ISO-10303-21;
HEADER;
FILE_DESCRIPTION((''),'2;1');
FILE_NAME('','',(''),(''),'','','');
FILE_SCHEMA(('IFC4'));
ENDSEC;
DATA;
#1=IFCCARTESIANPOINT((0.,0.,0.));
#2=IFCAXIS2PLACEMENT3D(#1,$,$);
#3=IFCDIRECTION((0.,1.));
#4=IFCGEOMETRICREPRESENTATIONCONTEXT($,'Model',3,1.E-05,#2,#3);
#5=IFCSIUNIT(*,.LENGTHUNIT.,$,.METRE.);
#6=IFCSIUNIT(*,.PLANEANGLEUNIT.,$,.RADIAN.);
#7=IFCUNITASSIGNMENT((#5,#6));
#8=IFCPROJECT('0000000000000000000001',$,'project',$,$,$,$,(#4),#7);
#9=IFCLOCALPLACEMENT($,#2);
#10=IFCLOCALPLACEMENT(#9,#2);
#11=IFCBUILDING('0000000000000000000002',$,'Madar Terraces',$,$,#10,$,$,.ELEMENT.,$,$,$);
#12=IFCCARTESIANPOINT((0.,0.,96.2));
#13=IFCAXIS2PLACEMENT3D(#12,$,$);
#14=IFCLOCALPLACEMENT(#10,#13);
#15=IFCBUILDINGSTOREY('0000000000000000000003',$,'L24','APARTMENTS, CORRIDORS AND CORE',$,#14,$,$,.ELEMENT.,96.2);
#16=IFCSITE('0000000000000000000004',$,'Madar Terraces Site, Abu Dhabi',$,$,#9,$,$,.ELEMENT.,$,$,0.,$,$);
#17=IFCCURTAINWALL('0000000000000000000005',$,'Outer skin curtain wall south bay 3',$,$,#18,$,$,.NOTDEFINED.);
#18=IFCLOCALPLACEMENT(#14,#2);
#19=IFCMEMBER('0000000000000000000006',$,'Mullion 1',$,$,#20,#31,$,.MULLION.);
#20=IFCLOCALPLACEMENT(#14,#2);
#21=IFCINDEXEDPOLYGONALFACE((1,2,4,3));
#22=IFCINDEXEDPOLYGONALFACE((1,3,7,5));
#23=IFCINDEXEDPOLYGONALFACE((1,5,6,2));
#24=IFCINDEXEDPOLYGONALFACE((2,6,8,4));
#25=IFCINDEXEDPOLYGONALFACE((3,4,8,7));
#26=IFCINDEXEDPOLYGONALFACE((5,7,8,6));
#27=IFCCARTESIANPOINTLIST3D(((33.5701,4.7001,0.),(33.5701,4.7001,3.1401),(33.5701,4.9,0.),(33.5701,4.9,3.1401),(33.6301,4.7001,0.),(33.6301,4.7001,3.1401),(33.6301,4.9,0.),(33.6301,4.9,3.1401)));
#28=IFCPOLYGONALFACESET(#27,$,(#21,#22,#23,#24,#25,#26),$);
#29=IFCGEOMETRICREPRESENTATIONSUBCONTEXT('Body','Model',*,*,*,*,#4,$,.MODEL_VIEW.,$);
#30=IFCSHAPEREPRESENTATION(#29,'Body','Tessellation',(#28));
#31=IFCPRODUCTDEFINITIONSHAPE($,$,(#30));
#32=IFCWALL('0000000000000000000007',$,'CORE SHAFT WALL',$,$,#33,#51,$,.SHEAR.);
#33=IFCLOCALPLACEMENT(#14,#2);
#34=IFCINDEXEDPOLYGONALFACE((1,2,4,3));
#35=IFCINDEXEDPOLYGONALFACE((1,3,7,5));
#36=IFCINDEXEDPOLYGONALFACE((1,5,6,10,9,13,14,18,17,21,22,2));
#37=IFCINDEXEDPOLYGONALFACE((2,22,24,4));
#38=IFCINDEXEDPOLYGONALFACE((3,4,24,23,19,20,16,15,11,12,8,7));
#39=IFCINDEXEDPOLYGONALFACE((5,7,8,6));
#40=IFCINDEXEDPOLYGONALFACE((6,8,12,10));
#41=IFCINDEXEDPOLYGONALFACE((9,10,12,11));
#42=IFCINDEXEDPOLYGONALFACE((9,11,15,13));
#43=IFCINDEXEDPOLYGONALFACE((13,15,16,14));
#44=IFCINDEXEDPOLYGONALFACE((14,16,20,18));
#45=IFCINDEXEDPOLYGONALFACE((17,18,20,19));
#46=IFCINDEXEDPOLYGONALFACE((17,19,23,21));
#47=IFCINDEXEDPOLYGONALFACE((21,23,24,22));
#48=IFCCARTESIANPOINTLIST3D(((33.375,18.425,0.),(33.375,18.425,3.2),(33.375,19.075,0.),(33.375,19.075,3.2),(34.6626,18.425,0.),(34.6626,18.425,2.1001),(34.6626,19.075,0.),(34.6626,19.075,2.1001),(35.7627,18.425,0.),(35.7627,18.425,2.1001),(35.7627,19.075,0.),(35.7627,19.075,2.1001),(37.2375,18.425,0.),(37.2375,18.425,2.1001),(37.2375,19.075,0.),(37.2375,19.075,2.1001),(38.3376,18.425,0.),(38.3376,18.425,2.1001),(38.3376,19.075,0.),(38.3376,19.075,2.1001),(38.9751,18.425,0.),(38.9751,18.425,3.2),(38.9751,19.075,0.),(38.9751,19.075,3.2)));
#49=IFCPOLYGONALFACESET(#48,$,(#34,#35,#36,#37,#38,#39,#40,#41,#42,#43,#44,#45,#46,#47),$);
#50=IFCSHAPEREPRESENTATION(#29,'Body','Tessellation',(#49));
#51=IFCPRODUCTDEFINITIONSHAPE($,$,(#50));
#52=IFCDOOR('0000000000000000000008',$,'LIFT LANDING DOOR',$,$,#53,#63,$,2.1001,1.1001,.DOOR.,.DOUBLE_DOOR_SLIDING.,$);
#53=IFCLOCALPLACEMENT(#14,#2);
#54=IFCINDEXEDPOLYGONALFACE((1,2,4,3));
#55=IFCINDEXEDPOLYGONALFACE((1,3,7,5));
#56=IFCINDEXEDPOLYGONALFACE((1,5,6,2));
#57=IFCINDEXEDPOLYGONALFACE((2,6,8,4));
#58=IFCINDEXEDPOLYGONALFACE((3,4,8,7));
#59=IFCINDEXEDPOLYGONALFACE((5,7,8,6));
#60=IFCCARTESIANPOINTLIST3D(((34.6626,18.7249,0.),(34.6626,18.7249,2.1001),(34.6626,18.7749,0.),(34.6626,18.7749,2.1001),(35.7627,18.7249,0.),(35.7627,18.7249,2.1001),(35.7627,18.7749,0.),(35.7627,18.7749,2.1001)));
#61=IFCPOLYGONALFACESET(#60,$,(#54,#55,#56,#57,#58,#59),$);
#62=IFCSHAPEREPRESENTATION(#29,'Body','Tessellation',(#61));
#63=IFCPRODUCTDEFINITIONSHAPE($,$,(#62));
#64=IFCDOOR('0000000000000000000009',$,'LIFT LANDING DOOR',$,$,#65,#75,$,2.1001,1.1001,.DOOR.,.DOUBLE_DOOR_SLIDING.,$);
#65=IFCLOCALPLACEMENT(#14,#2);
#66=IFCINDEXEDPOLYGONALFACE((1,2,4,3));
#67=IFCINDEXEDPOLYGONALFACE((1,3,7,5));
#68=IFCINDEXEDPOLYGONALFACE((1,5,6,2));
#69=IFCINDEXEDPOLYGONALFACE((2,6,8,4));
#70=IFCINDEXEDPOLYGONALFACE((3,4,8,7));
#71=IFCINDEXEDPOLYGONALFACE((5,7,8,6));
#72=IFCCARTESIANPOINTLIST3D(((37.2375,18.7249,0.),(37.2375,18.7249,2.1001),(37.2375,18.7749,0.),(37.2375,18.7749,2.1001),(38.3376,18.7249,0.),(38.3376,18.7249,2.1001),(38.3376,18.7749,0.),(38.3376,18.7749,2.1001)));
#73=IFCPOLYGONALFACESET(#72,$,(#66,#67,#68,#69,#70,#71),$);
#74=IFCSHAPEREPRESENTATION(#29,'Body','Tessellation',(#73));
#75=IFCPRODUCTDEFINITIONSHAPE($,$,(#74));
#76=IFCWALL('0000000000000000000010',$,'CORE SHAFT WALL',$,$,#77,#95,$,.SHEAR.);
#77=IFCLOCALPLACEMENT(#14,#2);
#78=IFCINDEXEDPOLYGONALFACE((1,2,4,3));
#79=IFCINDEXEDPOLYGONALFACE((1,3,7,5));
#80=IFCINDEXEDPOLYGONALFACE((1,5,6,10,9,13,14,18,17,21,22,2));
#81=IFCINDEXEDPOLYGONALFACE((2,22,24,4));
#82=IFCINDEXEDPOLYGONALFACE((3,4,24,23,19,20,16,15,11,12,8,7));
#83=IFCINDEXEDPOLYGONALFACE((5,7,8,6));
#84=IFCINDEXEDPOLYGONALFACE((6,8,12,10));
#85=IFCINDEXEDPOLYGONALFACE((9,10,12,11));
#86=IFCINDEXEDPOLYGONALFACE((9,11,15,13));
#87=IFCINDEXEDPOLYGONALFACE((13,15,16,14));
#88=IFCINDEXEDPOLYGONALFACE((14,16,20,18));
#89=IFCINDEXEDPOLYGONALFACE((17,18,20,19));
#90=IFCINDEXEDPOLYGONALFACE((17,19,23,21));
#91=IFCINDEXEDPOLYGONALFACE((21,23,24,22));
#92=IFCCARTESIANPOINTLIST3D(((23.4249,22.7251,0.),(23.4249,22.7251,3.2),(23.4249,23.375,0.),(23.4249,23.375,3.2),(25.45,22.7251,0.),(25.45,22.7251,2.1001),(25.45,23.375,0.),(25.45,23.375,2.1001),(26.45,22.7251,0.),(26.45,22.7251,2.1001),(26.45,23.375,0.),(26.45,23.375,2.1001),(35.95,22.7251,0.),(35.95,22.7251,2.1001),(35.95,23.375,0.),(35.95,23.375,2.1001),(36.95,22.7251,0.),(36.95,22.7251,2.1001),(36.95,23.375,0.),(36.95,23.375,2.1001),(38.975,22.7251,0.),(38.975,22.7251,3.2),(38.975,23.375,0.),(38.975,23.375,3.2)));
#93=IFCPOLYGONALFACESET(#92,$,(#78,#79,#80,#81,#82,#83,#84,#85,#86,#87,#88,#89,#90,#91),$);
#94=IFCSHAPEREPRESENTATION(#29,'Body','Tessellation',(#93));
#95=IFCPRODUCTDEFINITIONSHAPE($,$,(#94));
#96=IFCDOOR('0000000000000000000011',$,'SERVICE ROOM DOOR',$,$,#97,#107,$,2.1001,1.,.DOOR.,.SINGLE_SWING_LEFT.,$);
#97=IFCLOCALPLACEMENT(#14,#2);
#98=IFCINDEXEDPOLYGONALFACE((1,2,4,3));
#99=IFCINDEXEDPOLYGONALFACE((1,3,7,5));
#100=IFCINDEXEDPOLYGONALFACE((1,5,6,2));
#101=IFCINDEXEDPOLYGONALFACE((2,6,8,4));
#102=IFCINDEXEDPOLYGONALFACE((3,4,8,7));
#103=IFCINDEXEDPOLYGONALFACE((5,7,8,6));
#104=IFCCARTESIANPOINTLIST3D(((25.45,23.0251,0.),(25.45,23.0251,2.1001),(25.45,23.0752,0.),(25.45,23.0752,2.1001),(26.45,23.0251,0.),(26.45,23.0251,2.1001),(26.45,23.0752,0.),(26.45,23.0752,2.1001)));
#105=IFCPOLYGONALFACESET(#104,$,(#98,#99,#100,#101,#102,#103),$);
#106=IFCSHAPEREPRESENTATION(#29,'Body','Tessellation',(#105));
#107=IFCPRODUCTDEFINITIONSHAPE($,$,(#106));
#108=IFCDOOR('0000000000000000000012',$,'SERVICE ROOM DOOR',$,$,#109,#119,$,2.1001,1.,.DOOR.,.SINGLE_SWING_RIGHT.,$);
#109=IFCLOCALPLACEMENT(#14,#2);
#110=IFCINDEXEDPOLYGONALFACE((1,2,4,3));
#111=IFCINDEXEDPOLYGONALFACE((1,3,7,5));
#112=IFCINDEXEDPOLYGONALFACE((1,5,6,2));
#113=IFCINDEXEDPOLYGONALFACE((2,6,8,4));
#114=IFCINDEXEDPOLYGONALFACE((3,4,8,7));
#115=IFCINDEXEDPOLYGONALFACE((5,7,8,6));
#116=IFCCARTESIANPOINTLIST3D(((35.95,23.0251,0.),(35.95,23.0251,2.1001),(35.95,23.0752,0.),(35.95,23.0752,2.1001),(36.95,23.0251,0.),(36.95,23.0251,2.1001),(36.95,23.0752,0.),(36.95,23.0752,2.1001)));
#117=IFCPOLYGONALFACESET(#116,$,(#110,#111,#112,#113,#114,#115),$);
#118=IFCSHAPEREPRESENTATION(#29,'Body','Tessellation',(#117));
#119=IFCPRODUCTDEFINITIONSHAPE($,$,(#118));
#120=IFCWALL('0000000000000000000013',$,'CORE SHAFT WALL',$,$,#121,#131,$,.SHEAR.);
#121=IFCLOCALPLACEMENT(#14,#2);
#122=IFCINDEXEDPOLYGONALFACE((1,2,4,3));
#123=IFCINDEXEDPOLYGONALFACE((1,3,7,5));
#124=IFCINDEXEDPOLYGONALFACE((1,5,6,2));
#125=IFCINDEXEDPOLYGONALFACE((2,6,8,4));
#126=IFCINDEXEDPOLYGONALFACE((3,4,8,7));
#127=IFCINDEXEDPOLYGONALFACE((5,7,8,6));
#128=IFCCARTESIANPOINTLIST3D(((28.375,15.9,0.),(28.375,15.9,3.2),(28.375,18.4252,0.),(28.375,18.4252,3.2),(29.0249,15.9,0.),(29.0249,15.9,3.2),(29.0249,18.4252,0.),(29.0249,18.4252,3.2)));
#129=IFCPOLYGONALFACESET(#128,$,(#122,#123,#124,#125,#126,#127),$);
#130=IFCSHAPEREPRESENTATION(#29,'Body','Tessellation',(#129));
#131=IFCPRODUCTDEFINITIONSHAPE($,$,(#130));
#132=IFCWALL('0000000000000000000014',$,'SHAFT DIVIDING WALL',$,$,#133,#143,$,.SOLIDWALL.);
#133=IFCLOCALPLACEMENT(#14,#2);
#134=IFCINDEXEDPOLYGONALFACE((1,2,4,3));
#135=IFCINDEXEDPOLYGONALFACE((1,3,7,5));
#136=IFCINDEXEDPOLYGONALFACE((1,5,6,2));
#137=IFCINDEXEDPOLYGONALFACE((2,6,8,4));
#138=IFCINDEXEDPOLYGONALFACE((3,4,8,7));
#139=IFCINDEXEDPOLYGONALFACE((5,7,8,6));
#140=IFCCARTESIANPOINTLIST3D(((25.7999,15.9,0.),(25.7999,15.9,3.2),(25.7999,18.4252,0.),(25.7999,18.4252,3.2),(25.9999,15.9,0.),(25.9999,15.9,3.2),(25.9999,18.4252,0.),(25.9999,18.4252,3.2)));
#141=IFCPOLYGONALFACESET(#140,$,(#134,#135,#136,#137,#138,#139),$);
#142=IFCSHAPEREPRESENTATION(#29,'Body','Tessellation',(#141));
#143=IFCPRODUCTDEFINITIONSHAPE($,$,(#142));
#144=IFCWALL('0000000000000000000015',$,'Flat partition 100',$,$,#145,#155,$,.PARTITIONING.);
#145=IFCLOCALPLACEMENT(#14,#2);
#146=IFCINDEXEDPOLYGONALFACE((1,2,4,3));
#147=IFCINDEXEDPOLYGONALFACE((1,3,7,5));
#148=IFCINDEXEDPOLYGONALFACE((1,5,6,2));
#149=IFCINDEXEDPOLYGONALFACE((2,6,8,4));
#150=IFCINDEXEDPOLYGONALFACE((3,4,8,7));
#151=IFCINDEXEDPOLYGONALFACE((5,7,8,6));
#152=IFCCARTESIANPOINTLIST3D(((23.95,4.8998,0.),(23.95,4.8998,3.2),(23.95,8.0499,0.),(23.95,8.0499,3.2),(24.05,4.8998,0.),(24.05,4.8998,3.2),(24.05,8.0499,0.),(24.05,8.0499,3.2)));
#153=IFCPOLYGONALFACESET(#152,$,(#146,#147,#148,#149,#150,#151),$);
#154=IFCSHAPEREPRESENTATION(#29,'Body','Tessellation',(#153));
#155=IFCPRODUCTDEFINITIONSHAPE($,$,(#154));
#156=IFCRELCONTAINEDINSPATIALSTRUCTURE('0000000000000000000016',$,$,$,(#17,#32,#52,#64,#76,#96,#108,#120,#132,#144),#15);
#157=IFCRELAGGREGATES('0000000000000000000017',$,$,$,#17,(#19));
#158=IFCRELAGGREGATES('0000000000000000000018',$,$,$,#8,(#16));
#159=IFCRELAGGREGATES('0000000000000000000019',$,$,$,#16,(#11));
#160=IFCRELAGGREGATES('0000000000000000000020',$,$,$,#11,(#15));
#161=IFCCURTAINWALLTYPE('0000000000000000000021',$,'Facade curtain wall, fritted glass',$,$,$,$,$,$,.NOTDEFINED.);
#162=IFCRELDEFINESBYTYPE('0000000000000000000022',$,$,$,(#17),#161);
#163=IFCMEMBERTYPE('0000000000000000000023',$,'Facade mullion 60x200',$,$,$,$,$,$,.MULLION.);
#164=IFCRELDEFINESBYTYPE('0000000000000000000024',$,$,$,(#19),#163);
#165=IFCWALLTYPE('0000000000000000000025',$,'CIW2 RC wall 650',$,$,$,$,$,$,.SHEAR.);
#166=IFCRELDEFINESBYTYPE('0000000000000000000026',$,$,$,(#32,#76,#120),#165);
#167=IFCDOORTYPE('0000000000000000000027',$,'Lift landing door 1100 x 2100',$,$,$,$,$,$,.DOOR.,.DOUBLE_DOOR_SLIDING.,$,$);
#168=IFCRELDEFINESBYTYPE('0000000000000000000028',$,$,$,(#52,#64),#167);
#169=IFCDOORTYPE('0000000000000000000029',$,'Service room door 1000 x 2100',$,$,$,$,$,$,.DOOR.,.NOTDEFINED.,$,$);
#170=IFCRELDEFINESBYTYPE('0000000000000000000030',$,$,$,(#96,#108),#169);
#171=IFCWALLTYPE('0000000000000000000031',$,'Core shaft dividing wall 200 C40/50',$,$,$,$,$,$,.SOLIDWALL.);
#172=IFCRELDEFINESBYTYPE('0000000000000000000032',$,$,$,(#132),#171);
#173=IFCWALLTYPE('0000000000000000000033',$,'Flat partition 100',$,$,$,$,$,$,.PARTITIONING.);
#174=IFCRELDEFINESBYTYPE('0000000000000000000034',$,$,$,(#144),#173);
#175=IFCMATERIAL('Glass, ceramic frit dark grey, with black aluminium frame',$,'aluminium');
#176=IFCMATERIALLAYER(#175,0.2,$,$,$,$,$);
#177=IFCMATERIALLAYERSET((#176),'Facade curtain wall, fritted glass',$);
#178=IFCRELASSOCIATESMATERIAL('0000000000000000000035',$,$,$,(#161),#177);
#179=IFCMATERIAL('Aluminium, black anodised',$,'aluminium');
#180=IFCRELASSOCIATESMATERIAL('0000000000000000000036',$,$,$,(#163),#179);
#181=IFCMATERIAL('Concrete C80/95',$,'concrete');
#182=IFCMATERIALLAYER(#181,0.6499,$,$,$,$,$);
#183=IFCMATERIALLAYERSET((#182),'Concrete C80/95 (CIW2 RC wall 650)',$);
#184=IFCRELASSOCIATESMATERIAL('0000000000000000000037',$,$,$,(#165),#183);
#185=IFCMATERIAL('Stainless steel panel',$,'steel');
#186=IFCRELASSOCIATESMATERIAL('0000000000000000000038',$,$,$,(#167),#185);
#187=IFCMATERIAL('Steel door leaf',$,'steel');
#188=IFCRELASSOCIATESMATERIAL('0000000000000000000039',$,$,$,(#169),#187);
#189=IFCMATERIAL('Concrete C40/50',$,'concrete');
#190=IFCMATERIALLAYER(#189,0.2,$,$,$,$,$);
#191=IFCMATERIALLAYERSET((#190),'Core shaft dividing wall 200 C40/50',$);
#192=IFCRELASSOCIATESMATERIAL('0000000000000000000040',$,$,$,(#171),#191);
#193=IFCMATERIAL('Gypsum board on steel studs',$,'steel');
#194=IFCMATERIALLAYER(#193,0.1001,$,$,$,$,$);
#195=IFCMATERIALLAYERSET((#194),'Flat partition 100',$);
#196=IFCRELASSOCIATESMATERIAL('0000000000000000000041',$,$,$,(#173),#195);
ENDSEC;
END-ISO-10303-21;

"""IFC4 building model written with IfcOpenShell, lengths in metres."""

from ifc_helpers import new_model, si_unit, direction, frame, frame_2d, origin, origin_2d, place, context, subcontext, project, spatial, rectangle, extrude, material, layer, layer_set, material_profile, profile_set, type_object, element, fill, aggregate, save


model = new_model("IFC4")

# Units and contexts
model_context = context("Model", 3, precision=1e-05, world=origin(), true_north=direction((0.0, 1.0)))
body_context = subcontext(model_context, "Body", "Model", "MODEL_VIEW")
ifc_project = project(units=[si_unit("LENGTHUNIT", "METRE"), si_unit("PLANEANGLEUNIT", "RADIAN")], contexts=[model_context])

# Site, building, storey
site_placement = place(None, origin())
site = spatial("IfcSite", under=ifc_project, at=site_placement, Name="Madar Terraces Site, Abu Dhabi", CompositionType="ELEMENT", RefElevation=0.0)
building_placement = place(site_placement, origin())
building = spatial("IfcBuilding", under=site, at=building_placement, Name="Madar Terraces", CompositionType="ELEMENT")
storey_placement = place(building_placement, frame((0.0, 0.0, 96.2)))
storey = spatial("IfcBuildingStorey", under=building, at=storey_placement, Name="L24", Description="APARTMENTS, CORRIDORS AND CORE", CompositionType="ELEMENT", Elevation=96.2)

# Curtain wall, member
ifc_material_1 = material(Name="Glass, ceramic frit dark grey, with black aluminium frame", Category="aluminium")
ifc_layer_1 = layer(ifc_material_1, 0.2)
ifc_layer_set_1 = layer_set([ifc_layer_1], Name="Facade curtain wall, fritted glass")
curtain_wall_type = type_object("IfcCurtainWallType", Name="Facade curtain wall, fritted glass", PredefinedType="NOTDEFINED", material=ifc_layer_set_1)
curtain_wall_placement = place(storey_placement, origin())
curtain_wall = element("IfcCurtainWall", 1, at=curtain_wall_placement, inside=storey, type_object=curtain_wall_type, Name="Outer skin curtain wall south bay 3", PredefinedType="NOTDEFINED")
ifc_material_2 = material(Name="Aluminium, black anodised", Category="aluminium")
ifc_material_profile = material_profile(ifc_material_2, rectangle(XDim=0.2, YDim=0.0601, at=origin_2d()), Name="Facade mullion 60x200")
ifc_profile_set = profile_set([ifc_material_profile], Name="Aluminium, black anodised")
member_type = type_object("IfcMemberType", Name="Facade mullion 60x200", PredefinedType="MULLION", material=ifc_profile_set)
member_placement = place(storey_placement, frame((33.6001, 4.8, 0.0), z_axis=(0.0, 0.0, 1.0), x_axis=(0.0, 1.0, 0.0)))
member = element("IfcMember", 2, at=member_placement, type_object=member_type, Name="Mullion 1", PredefinedType="MULLION", context=body_context, shape_type="SweptSolid", body=[
    extrude(rectangle(XDim=0.2, YDim=0.0601, at=origin_2d()), origin(), (0.0, 0.0, 1.0), 3.1401),
])
aggregate(curtain_wall, [member])

# Walls, openings, doors
ifc_material_3 = material(Name="Concrete C80/95", Category="concrete")
ifc_layer_2 = layer(ifc_material_3, 0.6499)
ifc_layer_set_2 = layer_set([ifc_layer_2], Name="Concrete C80/95 (CIW2 RC wall 650)")
wall_type_1 = type_object("IfcWallType", Name="CIW2 RC wall 650", PredefinedType="SHEAR", material=ifc_layer_set_2)
wall_1_placement = place(storey_placement, frame((33.375, 18.75, 0.0), z_axis=(0.0, 0.0, 1.0), x_axis=(1.0, 0.0, 0.0)))
wall_1 = element("IfcWall", 3, at=wall_1_placement, inside=storey, type_object=wall_type_1, Name="CORE SHAFT WALL", PredefinedType="SHEAR", context=body_context, shape_type="SweptSolid", body=[
    extrude(rectangle(XDim=5.6001, YDim=0.6499, at=frame_2d((2.8, 0.0))), origin(), (0.0, 0.0, 1.0), 3.2),
])
opening_1_placement = place(wall_1_placement, frame((1.2876, 0.0, 0.0)))
opening_1 = element("IfcOpeningElement", 4, at=opening_1_placement, cuts=wall_1, PredefinedType="OPENING", context=body_context, shape_type="SweptSolid", body=[
    extrude(rectangle(XDim=1.1001, YDim=2.1001, at=frame_2d((0.55, 1.05))), frame((0.0, 0.335, 0.0), z_axis=(0.0, -1.0, 0.0), x_axis=(1.0, 0.0, 0.0)), (0.0, 0.0, 1.0), 0.6699),
])
opening_2_placement = place(wall_1_placement, frame((3.8625, 0.0, 0.0)))
opening_2 = element("IfcOpeningElement", 5, at=opening_2_placement, cuts=wall_1, PredefinedType="OPENING", context=body_context, shape_type="SweptSolid", body=[
    extrude(rectangle(XDim=1.1001, YDim=2.1001, at=frame_2d((0.55, 1.05))), frame((0.0, 0.335, 0.0), z_axis=(0.0, -1.0, 0.0), x_axis=(1.0, 0.0, 0.0)), (0.0, 0.0, 1.0), 0.6699),
])
ifc_material_4 = material(Name="Stainless steel panel", Category="steel")
door_type_1 = type_object("IfcDoorType", Name="Lift landing door 1100 x 2100", OperationType="DOUBLE_DOOR_SLIDING", PredefinedType="DOOR", material=ifc_material_4)
door_1_placement = place(opening_1_placement, origin())
door_1 = element("IfcDoor", 6, at=door_1_placement, inside=storey, type_object=door_type_1, Name="LIFT LANDING DOOR", OperationType="DOUBLE_DOOR_SLIDING", OverallHeight=2.1001, OverallWidth=1.1001, PredefinedType="DOOR", context=body_context, shape_type="SweptSolid", body=[
    extrude(rectangle(XDim=1.1001, YDim=2.1001, at=frame_2d((0.55, 1.05))), frame((0.0, 0.0249, 0.0), z_axis=(0.0, -1.0, 0.0), x_axis=(1.0, 0.0, 0.0)), (0.0, 0.0, 1.0), 0.05),
])
fill(opening_1, door_1)
door_2_placement = place(opening_2_placement, origin())
door_2 = element("IfcDoor", 7, at=door_2_placement, inside=storey, type_object=door_type_1, Name="LIFT LANDING DOOR", OperationType="DOUBLE_DOOR_SLIDING", OverallHeight=2.1001, OverallWidth=1.1001, PredefinedType="DOOR", context=body_context, shape_type="SweptSolid", body=[
    extrude(rectangle(XDim=1.1001, YDim=2.1001, at=frame_2d((0.55, 1.05))), frame((0.0, 0.0249, 0.0), z_axis=(0.0, -1.0, 0.0), x_axis=(1.0, 0.0, 0.0)), (0.0, 0.0, 1.0), 0.05),
])
fill(opening_2, door_2)
wall_2_placement = place(storey_placement, frame((23.425, 23.05, 0.0), z_axis=(0.0, 0.0, 1.0), x_axis=(1.0, 0.0, 0.0)))
wall_2 = element("IfcWall", 8, at=wall_2_placement, inside=storey, type_object=wall_type_1, Name="CORE SHAFT WALL", PredefinedType="SHEAR", context=body_context, shape_type="SweptSolid", body=[
    extrude(rectangle(XDim=15.55, YDim=0.6499, at=frame_2d((7.7749, 0.0))), origin(), (0.0, 0.0, 1.0), 3.2),
])
opening_3_placement = place(wall_2_placement, frame((2.0249, 0.0, 0.0)))
opening_3 = element("IfcOpeningElement", 9, at=opening_3_placement, cuts=wall_2, PredefinedType="OPENING", context=body_context, shape_type="SweptSolid", body=[
    extrude(rectangle(XDim=1.0, YDim=2.1001, at=frame_2d((0.5, 1.05))), frame((0.0, 0.335, 0.0), z_axis=(0.0, -1.0, 0.0), x_axis=(1.0, 0.0, 0.0)), (0.0, 0.0, 1.0), 0.6699),
])
opening_4_placement = place(wall_2_placement, frame((12.5249, 0.0, 0.0)))
opening_4 = element("IfcOpeningElement", 10, at=opening_4_placement, cuts=wall_2, PredefinedType="OPENING", context=body_context, shape_type="SweptSolid", body=[
    extrude(rectangle(XDim=1.0, YDim=2.1001, at=frame_2d((0.5, 1.05))), frame((0.0, 0.335, 0.0), z_axis=(0.0, -1.0, 0.0), x_axis=(1.0, 0.0, 0.0)), (0.0, 0.0, 1.0), 0.6699),
])
ifc_material_5 = material(Name="Steel door leaf", Category="steel")
door_type_2 = type_object("IfcDoorType", Name="Service room door 1000 x 2100", OperationType="NOTDEFINED", PredefinedType="DOOR", material=ifc_material_5)
door_3_placement = place(opening_3_placement, frame((1.0, 0.0, 0.0), z_axis=(0.0, 0.0, 1.0), x_axis=(-1.0, 0.0, 0.0)))
door_3 = element("IfcDoor", 11, at=door_3_placement, inside=storey, type_object=door_type_2, Name="SERVICE ROOM DOOR", OperationType="SINGLE_SWING_LEFT", OverallHeight=2.1001, OverallWidth=1.0, PredefinedType="DOOR", context=body_context, shape_type="SweptSolid", body=[
    extrude(rectangle(XDim=1.0, YDim=2.1001, at=frame_2d((0.5, 1.05))), frame((0.0, 0.0249, 0.0), z_axis=(0.0, -1.0, 0.0), x_axis=(1.0, 0.0, 0.0)), (0.0, 0.0, 1.0), 0.05),
])
fill(opening_3, door_3)
door_4_placement = place(opening_4_placement, frame((1.0, 0.0, 0.0), z_axis=(0.0, 0.0, 1.0), x_axis=(-1.0, 0.0, 0.0)))
door_4 = element("IfcDoor", 12, at=door_4_placement, inside=storey, type_object=door_type_2, Name="SERVICE ROOM DOOR", OperationType="SINGLE_SWING_RIGHT", OverallHeight=2.1001, OverallWidth=1.0, PredefinedType="DOOR", context=body_context, shape_type="SweptSolid", body=[
    extrude(rectangle(XDim=1.0, YDim=2.1001, at=frame_2d((0.5, 1.05))), frame((0.0, 0.0249, 0.0), z_axis=(0.0, -1.0, 0.0), x_axis=(1.0, 0.0, 0.0)), (0.0, 0.0, 1.0), 0.05),
])
fill(opening_4, door_4)

# Walls
wall_3_placement = place(storey_placement, frame((28.7, 15.8999, 0.0), z_axis=(0.0, 0.0, 1.0), x_axis=(0.0, 1.0, 0.0)))
element("IfcWall", 13, at=wall_3_placement, inside=storey, type_object=wall_type_1, Name="CORE SHAFT WALL", PredefinedType="SHEAR", context=body_context, shape_type="SweptSolid", body=[
    extrude(rectangle(XDim=2.5251, YDim=0.6499, at=frame_2d((1.2627, 0.0))), origin(), (0.0, 0.0, 1.0), 3.2),
])
ifc_material_6 = material(Name="Concrete C40/50", Category="concrete")
ifc_layer_3 = layer(ifc_material_6, 0.2)
ifc_layer_set_3 = layer_set([ifc_layer_3], Name="Core shaft dividing wall 200 C40/50")
wall_type_2 = type_object("IfcWallType", Name="Core shaft dividing wall 200 C40/50", PredefinedType="SOLIDWALL", material=ifc_layer_set_3)
wall_4_placement = place(storey_placement, frame((25.8999, 15.8999, 0.0), z_axis=(0.0, 0.0, 1.0), x_axis=(0.0, 1.0, 0.0)))
element("IfcWall", 14, at=wall_4_placement, inside=storey, type_object=wall_type_2, Name="SHAFT DIVIDING WALL", PredefinedType="SOLIDWALL", context=body_context, shape_type="SweptSolid", body=[
    extrude(rectangle(XDim=2.5251, YDim=0.2, at=frame_2d((1.2627, 0.0))), origin(), (0.0, 0.0, 1.0), 3.2),
])
ifc_material_7 = material(Name="Gypsum board on steel studs", Category="steel")
ifc_layer_4 = layer(ifc_material_7, 0.1001)
ifc_layer_set_4 = layer_set([ifc_layer_4], Name="Flat partition 100")
wall_type_3 = type_object("IfcWallType", Name="Flat partition 100", PredefinedType="PARTITIONING", material=ifc_layer_set_4)
wall_5_placement = place(storey_placement, frame((24.0, 8.05, 0.0), z_axis=(0.0, 0.0, 1.0), x_axis=(0.0, -1.0, 0.0)))
element("IfcWall", 15, at=wall_5_placement, inside=storey, type_object=wall_type_3, Name="Flat partition 100", PredefinedType="PARTITIONING", context=body_context, shape_type="SweptSolid", body=[
    extrude(rectangle(XDim=3.1501, YDim=0.1001, at=frame_2d((1.5752, 0.0))), origin(), (0.0, 0.0, 1.0), 3.2),
])

save(model, "model.ifc")
